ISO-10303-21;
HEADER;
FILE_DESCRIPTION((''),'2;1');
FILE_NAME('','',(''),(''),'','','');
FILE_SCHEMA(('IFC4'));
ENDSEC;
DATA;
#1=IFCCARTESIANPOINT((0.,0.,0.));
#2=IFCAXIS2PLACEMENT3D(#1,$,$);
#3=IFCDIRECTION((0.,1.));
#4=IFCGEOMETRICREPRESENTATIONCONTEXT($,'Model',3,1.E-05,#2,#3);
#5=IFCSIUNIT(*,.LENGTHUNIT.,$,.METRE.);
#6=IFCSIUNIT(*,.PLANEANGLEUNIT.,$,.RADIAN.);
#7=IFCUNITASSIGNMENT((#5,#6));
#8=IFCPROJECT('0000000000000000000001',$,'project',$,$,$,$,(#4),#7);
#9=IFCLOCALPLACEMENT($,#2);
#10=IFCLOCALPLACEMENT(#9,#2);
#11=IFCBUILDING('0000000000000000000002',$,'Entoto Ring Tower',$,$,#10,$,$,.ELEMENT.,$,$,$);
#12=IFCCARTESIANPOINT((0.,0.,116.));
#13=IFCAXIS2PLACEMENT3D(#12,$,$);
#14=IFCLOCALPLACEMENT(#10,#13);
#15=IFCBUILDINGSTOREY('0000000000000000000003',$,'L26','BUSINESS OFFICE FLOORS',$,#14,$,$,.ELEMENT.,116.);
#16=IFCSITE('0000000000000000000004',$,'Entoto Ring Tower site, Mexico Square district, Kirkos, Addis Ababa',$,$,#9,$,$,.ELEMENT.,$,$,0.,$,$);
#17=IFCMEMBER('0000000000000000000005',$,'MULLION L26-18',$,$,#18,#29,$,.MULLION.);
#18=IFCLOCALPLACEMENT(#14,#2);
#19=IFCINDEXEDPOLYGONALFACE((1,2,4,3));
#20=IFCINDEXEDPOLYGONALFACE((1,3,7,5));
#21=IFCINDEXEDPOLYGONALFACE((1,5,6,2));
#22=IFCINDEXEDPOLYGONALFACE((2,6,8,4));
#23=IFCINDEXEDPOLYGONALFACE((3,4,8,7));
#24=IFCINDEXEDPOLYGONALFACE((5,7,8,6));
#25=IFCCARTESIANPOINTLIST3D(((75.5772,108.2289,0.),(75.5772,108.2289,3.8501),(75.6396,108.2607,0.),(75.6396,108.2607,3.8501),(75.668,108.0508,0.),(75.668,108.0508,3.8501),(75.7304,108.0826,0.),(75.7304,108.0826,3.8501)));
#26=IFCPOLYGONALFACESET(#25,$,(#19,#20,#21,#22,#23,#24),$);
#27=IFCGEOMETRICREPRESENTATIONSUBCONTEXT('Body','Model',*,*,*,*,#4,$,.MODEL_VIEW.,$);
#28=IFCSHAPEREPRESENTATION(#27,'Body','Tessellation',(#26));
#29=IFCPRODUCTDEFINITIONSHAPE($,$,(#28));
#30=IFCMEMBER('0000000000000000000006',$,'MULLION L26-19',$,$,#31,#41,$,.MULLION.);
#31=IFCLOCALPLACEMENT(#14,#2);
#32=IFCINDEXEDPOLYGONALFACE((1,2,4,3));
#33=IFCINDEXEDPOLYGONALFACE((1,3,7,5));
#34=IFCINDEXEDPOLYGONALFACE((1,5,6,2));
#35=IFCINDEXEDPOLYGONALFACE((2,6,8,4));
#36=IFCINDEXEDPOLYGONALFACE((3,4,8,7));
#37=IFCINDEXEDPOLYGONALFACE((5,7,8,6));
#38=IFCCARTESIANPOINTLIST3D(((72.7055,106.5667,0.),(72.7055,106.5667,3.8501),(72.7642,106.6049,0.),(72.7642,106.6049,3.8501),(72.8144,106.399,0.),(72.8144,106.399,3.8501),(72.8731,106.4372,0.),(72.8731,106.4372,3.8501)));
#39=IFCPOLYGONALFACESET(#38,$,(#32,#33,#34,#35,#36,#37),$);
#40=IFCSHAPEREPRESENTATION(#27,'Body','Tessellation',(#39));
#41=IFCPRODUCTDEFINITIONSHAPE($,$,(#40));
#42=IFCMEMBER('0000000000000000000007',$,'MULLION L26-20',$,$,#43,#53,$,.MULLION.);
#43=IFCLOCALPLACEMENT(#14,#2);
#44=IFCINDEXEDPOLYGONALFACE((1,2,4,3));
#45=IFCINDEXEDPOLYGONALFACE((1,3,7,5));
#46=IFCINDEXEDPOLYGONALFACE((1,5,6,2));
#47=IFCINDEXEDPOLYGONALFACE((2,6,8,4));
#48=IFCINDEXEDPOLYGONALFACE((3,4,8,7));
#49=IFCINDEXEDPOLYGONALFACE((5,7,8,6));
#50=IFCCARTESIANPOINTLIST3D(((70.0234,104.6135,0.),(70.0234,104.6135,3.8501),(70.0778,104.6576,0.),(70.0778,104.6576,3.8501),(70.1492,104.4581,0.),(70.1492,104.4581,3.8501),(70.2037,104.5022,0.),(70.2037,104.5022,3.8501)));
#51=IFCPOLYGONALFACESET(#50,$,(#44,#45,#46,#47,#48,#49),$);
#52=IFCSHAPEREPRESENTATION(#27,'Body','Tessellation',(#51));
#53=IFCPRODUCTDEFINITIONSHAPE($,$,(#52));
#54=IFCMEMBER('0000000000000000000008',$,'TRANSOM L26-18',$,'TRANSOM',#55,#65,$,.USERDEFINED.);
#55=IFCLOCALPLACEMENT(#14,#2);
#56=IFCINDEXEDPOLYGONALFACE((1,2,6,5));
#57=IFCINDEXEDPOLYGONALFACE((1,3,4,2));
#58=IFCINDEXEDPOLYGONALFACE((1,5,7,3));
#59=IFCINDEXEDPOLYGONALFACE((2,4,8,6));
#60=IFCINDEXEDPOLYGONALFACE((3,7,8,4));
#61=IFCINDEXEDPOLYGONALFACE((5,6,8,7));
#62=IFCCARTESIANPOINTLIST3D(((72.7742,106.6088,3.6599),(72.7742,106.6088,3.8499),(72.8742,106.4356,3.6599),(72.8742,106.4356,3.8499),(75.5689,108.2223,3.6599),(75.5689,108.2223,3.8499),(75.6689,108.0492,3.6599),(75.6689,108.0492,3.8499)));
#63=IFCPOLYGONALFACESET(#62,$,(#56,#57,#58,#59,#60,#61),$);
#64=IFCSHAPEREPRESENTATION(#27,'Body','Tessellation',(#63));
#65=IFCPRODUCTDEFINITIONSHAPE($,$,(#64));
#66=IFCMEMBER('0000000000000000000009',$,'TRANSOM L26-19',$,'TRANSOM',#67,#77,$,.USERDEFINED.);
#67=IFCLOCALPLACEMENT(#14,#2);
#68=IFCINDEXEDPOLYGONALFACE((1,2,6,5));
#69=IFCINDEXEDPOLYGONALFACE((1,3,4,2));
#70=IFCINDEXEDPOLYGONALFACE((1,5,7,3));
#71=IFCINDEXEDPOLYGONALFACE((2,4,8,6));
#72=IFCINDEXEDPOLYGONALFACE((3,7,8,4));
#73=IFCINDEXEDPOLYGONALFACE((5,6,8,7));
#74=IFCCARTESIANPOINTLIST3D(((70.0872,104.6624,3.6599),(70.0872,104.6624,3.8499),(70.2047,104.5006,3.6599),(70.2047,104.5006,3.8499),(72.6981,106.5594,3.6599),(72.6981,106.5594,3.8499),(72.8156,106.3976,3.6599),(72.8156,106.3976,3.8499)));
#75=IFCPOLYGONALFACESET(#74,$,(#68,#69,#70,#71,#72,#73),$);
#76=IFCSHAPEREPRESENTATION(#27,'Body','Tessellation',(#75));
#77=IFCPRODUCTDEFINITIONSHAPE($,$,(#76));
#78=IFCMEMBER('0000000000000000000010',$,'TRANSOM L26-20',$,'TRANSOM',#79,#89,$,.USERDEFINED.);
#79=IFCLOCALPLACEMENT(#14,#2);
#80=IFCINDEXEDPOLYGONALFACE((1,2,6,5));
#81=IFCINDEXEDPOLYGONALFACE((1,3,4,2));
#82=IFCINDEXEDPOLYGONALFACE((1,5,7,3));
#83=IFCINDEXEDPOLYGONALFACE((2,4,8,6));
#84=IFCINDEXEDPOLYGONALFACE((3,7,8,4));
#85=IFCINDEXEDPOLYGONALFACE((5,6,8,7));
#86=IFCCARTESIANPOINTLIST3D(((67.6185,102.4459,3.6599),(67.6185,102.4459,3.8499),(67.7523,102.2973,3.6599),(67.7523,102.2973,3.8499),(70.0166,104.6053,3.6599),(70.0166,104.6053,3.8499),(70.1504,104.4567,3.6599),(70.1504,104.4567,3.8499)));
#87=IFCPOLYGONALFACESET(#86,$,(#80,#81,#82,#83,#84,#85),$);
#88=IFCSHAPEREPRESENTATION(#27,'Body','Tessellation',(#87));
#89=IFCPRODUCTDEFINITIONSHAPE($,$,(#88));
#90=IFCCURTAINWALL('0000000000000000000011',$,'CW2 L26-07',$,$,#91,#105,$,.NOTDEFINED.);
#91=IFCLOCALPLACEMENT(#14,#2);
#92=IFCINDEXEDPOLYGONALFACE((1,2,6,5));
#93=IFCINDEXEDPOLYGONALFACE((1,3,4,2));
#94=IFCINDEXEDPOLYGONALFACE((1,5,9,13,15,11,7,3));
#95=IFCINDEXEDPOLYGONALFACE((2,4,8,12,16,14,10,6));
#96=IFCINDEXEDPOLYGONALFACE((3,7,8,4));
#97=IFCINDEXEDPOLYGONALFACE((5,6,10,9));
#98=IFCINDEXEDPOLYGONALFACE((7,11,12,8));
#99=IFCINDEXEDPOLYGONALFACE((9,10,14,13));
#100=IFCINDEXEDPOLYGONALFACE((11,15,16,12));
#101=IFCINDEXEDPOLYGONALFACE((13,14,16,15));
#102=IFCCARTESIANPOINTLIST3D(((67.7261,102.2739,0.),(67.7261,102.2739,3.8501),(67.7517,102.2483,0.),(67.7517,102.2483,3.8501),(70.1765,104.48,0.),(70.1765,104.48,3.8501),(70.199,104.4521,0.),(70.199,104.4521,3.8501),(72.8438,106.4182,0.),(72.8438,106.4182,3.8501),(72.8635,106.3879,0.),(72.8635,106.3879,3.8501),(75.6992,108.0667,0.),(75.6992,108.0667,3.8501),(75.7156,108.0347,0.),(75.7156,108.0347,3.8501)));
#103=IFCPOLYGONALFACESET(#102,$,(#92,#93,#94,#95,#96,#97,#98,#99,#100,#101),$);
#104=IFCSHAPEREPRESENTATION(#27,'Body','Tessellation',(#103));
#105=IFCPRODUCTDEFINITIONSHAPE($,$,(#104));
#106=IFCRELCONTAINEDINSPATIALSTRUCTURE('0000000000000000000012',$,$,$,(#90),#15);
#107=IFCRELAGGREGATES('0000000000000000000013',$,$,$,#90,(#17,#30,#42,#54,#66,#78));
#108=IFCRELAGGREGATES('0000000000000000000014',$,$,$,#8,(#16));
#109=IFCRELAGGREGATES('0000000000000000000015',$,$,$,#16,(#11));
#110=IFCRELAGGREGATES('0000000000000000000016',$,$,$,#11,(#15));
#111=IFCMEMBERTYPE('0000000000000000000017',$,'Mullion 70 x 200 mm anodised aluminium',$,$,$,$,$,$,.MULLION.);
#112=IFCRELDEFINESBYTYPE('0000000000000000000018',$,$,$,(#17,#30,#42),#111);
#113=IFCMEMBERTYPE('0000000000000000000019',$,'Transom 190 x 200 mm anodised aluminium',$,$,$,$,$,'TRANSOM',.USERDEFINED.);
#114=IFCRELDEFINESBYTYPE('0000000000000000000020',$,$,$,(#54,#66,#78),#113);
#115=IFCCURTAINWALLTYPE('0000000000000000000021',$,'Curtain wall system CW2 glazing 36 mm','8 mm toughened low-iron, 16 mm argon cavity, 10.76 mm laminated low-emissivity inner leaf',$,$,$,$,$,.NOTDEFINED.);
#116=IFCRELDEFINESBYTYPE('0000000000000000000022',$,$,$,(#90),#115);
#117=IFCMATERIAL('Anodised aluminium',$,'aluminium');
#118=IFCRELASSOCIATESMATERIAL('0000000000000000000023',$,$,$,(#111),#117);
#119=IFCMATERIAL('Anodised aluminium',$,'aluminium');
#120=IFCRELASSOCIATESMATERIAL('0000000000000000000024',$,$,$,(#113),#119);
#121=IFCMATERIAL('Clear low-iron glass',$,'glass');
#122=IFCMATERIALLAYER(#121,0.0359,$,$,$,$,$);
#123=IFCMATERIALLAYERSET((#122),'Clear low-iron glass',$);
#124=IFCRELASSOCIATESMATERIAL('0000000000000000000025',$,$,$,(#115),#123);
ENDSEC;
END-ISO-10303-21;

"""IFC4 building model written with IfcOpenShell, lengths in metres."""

from ifc_helpers import new_model, si_unit, direction, frame, origin, origin_2d, place, context, subcontext, project, spatial, polyline, rectangle, outline, extrude, material, layer, layer_set, material_profile, profile_set, type_object, element, aggregate, save


model = new_model("IFC4")

# Units and contexts
model_context = context("Model", 3, precision=1e-05, world=origin(), true_north=direction((0.0, 1.0)))
body_context = subcontext(model_context, "Body", "Model", "MODEL_VIEW")
ifc_project = project(units=[si_unit("LENGTHUNIT", "METRE"), si_unit("PLANEANGLEUNIT", "RADIAN")], contexts=[model_context])

# Members
ifc_material_1 = material(Name="Anodised aluminium", Category="aluminium")
ifc_material_profile_1 = material_profile(ifc_material_1, rectangle(XDim=0.0701, YDim=0.2, at=origin_2d()), Name="Mullion 70 x 200 mm anodised aluminium")
ifc_profile_set_1 = profile_set([ifc_material_profile_1], Name="Anodised aluminium")
member_type_1 = type_object("IfcMemberType", Name="Mullion 70 x 200 mm anodised aluminium", PredefinedType="MULLION", material=ifc_profile_set_1)
site_placement = place(None, origin())
building_placement = place(site_placement, origin())
storey_placement = place(building_placement, frame((0.0, 0.0, 116.0)))
member_1_placement = place(storey_placement, frame((75.6538, 108.1558, 0.0), z_axis=(0.0, 0.0, 1.0), x_axis=(-0.891007, -0.45399, 0.0)))
member_1 = element("IfcMember", 1, at=member_1_placement, type_object=member_type_1, Name="MULLION L26-18", PredefinedType="MULLION", context=body_context, shape_type="SweptSolid", body=[
    extrude(rectangle(XDim=0.0701, YDim=0.2, at=origin_2d()), origin(), (0.0, 0.0, 1.0), 3.8501),
])
member_2_placement = place(storey_placement, frame((72.7893, 106.502, 0.0), z_axis=(0.0, 0.0, 1.0), x_axis=(-0.838671, -0.544639, 0.0)))
member_2 = element("IfcMember", 2, at=member_2_placement, type_object=member_type_1, Name="MULLION L26-19", PredefinedType="MULLION", context=body_context, shape_type="SweptSolid", body=[
    extrude(rectangle(XDim=0.0701, YDim=0.2, at=origin_2d()), origin(), (0.0, 0.0, 1.0), 3.8501),
])
member_3_placement = place(storey_placement, frame((70.1135, 104.5579, 0.0), z_axis=(0.0, 0.0, 1.0), x_axis=(-0.777146, -0.62932, 0.0)))
member_3 = element("IfcMember", 3, at=member_3_placement, type_object=member_type_1, Name="MULLION L26-20", PredefinedType="MULLION", context=body_context, shape_type="SweptSolid", body=[
    extrude(rectangle(XDim=0.0701, YDim=0.2, at=origin_2d()), origin(), (0.0, 0.0, 1.0), 3.8501),
])
ifc_material_2 = material(Name="Anodised aluminium", Category="aluminium")
ifc_material_profile_2 = material_profile(ifc_material_2, rectangle(XDim=0.2, YDim=0.1899, at=origin_2d()), Name="Transom 190 x 200 mm anodised aluminium")
ifc_profile_set_2 = profile_set([ifc_material_profile_2], Name="Anodised aluminium")
member_type_2 = type_object("IfcMemberType", Name="Transom 190 x 200 mm anodised aluminium", ElementType="TRANSOM", PredefinedType="USERDEFINED", material=ifc_profile_set_2)
member_4_placement = place(storey_placement, frame((75.6189, 108.1357, 3.7549), z_axis=(-0.866023, -0.500004, 0.0), x_axis=(0.500004, -0.866023, 0.0)))
member_4 = element("IfcMember", 4, at=member_4_placement, type_object=member_type_2, Name="TRANSOM L26-18", ObjectType="TRANSOM", PredefinedType="USERDEFINED", context=body_context, shape_type="SweptSolid", body=[
    extrude(rectangle(XDim=0.2, YDim=0.1899, at=origin_2d()), origin(), (0.0, 0.0, 1.0), 3.2271),
])
member_5_placement = place(storey_placement, frame((72.7568, 106.4785, 3.7549), z_axis=(-0.809004, -0.587803, 0.0), x_axis=(0.587803, -0.809004, 0.0)))
member_5 = element("IfcMember", 5, at=member_5_placement, type_object=member_type_2, Name="TRANSOM L26-19", ObjectType="TRANSOM", PredefinedType="USERDEFINED", context=body_context, shape_type="SweptSolid", body=[
    extrude(rectangle(XDim=0.2, YDim=0.1899, at=origin_2d()), origin(), (0.0, 0.0, 1.0), 3.2273),
])
member_6_placement = place(storey_placement, frame((70.0835, 104.531, 3.7549), z_axis=(-0.743132, -0.669144, 0.0), x_axis=(0.669144, -0.743132, 0.0)))
member_6 = element("IfcMember", 6, at=member_6_placement, type_object=member_type_2, Name="TRANSOM L26-20", ObjectType="TRANSOM", PredefinedType="USERDEFINED", context=body_context, shape_type="SweptSolid", body=[
    extrude(rectangle(XDim=0.2, YDim=0.1899, at=origin_2d()), origin(), (0.0, 0.0, 1.0), 3.2271),
])

# Site, building, storey
site = spatial("IfcSite", under=ifc_project, at=site_placement, Name="Entoto Ring Tower site, Mexico Square district, Kirkos, Addis Ababa", CompositionType="ELEMENT", RefElevation=0.0)
building = spatial("IfcBuilding", under=site, at=building_placement, Name="Entoto Ring Tower", CompositionType="ELEMENT")
storey = spatial("IfcBuildingStorey", under=building, at=storey_placement, Name="L26", Description="BUSINESS OFFICE FLOORS", CompositionType="ELEMENT", Elevation=116.0)

# Curtain wall
ifc_material_3 = material(Name="Clear low-iron glass", Category="glass")
ifc_layer = layer(ifc_material_3, 0.0359)
ifc_layer_set = layer_set([ifc_layer], Name="Clear low-iron glass")
curtain_wall_type = type_object("IfcCurtainWallType", Name="Curtain wall system CW2 glazing 36 mm", Description="8 mm toughened low-iron, 16 mm argon cavity, 10.76 mm laminated low-emissivity inner leaf", PredefinedType="NOTDEFINED", material=ifc_layer_set)
curtain_wall_1_placement = place(storey_placement, origin())
curtain_wall_1 = element("IfcCurtainWall", 7, at=curtain_wall_1_placement, inside=storey, type_object=curtain_wall_type, Name="CW2 L26-07", PredefinedType="NOTDEFINED", context=body_context, shape_type="SweptSolid", body=[
    extrude(outline(polyline([(75.6992, 108.0667), (72.8438, 106.4182), (70.1765, 104.48), (67.7261, 102.2739), (67.7517, 102.2483), (70.199, 104.4521), (72.8635, 106.3879), (75.7156, 108.0347), (75.6992, 108.0667)])), origin(), (0.0, 0.0, 1.0), 3.8501),
])
aggregate(curtain_wall_1, [member_1, member_2, member_3, member_4, member_5, member_6])

save(model, "model.ifc")
